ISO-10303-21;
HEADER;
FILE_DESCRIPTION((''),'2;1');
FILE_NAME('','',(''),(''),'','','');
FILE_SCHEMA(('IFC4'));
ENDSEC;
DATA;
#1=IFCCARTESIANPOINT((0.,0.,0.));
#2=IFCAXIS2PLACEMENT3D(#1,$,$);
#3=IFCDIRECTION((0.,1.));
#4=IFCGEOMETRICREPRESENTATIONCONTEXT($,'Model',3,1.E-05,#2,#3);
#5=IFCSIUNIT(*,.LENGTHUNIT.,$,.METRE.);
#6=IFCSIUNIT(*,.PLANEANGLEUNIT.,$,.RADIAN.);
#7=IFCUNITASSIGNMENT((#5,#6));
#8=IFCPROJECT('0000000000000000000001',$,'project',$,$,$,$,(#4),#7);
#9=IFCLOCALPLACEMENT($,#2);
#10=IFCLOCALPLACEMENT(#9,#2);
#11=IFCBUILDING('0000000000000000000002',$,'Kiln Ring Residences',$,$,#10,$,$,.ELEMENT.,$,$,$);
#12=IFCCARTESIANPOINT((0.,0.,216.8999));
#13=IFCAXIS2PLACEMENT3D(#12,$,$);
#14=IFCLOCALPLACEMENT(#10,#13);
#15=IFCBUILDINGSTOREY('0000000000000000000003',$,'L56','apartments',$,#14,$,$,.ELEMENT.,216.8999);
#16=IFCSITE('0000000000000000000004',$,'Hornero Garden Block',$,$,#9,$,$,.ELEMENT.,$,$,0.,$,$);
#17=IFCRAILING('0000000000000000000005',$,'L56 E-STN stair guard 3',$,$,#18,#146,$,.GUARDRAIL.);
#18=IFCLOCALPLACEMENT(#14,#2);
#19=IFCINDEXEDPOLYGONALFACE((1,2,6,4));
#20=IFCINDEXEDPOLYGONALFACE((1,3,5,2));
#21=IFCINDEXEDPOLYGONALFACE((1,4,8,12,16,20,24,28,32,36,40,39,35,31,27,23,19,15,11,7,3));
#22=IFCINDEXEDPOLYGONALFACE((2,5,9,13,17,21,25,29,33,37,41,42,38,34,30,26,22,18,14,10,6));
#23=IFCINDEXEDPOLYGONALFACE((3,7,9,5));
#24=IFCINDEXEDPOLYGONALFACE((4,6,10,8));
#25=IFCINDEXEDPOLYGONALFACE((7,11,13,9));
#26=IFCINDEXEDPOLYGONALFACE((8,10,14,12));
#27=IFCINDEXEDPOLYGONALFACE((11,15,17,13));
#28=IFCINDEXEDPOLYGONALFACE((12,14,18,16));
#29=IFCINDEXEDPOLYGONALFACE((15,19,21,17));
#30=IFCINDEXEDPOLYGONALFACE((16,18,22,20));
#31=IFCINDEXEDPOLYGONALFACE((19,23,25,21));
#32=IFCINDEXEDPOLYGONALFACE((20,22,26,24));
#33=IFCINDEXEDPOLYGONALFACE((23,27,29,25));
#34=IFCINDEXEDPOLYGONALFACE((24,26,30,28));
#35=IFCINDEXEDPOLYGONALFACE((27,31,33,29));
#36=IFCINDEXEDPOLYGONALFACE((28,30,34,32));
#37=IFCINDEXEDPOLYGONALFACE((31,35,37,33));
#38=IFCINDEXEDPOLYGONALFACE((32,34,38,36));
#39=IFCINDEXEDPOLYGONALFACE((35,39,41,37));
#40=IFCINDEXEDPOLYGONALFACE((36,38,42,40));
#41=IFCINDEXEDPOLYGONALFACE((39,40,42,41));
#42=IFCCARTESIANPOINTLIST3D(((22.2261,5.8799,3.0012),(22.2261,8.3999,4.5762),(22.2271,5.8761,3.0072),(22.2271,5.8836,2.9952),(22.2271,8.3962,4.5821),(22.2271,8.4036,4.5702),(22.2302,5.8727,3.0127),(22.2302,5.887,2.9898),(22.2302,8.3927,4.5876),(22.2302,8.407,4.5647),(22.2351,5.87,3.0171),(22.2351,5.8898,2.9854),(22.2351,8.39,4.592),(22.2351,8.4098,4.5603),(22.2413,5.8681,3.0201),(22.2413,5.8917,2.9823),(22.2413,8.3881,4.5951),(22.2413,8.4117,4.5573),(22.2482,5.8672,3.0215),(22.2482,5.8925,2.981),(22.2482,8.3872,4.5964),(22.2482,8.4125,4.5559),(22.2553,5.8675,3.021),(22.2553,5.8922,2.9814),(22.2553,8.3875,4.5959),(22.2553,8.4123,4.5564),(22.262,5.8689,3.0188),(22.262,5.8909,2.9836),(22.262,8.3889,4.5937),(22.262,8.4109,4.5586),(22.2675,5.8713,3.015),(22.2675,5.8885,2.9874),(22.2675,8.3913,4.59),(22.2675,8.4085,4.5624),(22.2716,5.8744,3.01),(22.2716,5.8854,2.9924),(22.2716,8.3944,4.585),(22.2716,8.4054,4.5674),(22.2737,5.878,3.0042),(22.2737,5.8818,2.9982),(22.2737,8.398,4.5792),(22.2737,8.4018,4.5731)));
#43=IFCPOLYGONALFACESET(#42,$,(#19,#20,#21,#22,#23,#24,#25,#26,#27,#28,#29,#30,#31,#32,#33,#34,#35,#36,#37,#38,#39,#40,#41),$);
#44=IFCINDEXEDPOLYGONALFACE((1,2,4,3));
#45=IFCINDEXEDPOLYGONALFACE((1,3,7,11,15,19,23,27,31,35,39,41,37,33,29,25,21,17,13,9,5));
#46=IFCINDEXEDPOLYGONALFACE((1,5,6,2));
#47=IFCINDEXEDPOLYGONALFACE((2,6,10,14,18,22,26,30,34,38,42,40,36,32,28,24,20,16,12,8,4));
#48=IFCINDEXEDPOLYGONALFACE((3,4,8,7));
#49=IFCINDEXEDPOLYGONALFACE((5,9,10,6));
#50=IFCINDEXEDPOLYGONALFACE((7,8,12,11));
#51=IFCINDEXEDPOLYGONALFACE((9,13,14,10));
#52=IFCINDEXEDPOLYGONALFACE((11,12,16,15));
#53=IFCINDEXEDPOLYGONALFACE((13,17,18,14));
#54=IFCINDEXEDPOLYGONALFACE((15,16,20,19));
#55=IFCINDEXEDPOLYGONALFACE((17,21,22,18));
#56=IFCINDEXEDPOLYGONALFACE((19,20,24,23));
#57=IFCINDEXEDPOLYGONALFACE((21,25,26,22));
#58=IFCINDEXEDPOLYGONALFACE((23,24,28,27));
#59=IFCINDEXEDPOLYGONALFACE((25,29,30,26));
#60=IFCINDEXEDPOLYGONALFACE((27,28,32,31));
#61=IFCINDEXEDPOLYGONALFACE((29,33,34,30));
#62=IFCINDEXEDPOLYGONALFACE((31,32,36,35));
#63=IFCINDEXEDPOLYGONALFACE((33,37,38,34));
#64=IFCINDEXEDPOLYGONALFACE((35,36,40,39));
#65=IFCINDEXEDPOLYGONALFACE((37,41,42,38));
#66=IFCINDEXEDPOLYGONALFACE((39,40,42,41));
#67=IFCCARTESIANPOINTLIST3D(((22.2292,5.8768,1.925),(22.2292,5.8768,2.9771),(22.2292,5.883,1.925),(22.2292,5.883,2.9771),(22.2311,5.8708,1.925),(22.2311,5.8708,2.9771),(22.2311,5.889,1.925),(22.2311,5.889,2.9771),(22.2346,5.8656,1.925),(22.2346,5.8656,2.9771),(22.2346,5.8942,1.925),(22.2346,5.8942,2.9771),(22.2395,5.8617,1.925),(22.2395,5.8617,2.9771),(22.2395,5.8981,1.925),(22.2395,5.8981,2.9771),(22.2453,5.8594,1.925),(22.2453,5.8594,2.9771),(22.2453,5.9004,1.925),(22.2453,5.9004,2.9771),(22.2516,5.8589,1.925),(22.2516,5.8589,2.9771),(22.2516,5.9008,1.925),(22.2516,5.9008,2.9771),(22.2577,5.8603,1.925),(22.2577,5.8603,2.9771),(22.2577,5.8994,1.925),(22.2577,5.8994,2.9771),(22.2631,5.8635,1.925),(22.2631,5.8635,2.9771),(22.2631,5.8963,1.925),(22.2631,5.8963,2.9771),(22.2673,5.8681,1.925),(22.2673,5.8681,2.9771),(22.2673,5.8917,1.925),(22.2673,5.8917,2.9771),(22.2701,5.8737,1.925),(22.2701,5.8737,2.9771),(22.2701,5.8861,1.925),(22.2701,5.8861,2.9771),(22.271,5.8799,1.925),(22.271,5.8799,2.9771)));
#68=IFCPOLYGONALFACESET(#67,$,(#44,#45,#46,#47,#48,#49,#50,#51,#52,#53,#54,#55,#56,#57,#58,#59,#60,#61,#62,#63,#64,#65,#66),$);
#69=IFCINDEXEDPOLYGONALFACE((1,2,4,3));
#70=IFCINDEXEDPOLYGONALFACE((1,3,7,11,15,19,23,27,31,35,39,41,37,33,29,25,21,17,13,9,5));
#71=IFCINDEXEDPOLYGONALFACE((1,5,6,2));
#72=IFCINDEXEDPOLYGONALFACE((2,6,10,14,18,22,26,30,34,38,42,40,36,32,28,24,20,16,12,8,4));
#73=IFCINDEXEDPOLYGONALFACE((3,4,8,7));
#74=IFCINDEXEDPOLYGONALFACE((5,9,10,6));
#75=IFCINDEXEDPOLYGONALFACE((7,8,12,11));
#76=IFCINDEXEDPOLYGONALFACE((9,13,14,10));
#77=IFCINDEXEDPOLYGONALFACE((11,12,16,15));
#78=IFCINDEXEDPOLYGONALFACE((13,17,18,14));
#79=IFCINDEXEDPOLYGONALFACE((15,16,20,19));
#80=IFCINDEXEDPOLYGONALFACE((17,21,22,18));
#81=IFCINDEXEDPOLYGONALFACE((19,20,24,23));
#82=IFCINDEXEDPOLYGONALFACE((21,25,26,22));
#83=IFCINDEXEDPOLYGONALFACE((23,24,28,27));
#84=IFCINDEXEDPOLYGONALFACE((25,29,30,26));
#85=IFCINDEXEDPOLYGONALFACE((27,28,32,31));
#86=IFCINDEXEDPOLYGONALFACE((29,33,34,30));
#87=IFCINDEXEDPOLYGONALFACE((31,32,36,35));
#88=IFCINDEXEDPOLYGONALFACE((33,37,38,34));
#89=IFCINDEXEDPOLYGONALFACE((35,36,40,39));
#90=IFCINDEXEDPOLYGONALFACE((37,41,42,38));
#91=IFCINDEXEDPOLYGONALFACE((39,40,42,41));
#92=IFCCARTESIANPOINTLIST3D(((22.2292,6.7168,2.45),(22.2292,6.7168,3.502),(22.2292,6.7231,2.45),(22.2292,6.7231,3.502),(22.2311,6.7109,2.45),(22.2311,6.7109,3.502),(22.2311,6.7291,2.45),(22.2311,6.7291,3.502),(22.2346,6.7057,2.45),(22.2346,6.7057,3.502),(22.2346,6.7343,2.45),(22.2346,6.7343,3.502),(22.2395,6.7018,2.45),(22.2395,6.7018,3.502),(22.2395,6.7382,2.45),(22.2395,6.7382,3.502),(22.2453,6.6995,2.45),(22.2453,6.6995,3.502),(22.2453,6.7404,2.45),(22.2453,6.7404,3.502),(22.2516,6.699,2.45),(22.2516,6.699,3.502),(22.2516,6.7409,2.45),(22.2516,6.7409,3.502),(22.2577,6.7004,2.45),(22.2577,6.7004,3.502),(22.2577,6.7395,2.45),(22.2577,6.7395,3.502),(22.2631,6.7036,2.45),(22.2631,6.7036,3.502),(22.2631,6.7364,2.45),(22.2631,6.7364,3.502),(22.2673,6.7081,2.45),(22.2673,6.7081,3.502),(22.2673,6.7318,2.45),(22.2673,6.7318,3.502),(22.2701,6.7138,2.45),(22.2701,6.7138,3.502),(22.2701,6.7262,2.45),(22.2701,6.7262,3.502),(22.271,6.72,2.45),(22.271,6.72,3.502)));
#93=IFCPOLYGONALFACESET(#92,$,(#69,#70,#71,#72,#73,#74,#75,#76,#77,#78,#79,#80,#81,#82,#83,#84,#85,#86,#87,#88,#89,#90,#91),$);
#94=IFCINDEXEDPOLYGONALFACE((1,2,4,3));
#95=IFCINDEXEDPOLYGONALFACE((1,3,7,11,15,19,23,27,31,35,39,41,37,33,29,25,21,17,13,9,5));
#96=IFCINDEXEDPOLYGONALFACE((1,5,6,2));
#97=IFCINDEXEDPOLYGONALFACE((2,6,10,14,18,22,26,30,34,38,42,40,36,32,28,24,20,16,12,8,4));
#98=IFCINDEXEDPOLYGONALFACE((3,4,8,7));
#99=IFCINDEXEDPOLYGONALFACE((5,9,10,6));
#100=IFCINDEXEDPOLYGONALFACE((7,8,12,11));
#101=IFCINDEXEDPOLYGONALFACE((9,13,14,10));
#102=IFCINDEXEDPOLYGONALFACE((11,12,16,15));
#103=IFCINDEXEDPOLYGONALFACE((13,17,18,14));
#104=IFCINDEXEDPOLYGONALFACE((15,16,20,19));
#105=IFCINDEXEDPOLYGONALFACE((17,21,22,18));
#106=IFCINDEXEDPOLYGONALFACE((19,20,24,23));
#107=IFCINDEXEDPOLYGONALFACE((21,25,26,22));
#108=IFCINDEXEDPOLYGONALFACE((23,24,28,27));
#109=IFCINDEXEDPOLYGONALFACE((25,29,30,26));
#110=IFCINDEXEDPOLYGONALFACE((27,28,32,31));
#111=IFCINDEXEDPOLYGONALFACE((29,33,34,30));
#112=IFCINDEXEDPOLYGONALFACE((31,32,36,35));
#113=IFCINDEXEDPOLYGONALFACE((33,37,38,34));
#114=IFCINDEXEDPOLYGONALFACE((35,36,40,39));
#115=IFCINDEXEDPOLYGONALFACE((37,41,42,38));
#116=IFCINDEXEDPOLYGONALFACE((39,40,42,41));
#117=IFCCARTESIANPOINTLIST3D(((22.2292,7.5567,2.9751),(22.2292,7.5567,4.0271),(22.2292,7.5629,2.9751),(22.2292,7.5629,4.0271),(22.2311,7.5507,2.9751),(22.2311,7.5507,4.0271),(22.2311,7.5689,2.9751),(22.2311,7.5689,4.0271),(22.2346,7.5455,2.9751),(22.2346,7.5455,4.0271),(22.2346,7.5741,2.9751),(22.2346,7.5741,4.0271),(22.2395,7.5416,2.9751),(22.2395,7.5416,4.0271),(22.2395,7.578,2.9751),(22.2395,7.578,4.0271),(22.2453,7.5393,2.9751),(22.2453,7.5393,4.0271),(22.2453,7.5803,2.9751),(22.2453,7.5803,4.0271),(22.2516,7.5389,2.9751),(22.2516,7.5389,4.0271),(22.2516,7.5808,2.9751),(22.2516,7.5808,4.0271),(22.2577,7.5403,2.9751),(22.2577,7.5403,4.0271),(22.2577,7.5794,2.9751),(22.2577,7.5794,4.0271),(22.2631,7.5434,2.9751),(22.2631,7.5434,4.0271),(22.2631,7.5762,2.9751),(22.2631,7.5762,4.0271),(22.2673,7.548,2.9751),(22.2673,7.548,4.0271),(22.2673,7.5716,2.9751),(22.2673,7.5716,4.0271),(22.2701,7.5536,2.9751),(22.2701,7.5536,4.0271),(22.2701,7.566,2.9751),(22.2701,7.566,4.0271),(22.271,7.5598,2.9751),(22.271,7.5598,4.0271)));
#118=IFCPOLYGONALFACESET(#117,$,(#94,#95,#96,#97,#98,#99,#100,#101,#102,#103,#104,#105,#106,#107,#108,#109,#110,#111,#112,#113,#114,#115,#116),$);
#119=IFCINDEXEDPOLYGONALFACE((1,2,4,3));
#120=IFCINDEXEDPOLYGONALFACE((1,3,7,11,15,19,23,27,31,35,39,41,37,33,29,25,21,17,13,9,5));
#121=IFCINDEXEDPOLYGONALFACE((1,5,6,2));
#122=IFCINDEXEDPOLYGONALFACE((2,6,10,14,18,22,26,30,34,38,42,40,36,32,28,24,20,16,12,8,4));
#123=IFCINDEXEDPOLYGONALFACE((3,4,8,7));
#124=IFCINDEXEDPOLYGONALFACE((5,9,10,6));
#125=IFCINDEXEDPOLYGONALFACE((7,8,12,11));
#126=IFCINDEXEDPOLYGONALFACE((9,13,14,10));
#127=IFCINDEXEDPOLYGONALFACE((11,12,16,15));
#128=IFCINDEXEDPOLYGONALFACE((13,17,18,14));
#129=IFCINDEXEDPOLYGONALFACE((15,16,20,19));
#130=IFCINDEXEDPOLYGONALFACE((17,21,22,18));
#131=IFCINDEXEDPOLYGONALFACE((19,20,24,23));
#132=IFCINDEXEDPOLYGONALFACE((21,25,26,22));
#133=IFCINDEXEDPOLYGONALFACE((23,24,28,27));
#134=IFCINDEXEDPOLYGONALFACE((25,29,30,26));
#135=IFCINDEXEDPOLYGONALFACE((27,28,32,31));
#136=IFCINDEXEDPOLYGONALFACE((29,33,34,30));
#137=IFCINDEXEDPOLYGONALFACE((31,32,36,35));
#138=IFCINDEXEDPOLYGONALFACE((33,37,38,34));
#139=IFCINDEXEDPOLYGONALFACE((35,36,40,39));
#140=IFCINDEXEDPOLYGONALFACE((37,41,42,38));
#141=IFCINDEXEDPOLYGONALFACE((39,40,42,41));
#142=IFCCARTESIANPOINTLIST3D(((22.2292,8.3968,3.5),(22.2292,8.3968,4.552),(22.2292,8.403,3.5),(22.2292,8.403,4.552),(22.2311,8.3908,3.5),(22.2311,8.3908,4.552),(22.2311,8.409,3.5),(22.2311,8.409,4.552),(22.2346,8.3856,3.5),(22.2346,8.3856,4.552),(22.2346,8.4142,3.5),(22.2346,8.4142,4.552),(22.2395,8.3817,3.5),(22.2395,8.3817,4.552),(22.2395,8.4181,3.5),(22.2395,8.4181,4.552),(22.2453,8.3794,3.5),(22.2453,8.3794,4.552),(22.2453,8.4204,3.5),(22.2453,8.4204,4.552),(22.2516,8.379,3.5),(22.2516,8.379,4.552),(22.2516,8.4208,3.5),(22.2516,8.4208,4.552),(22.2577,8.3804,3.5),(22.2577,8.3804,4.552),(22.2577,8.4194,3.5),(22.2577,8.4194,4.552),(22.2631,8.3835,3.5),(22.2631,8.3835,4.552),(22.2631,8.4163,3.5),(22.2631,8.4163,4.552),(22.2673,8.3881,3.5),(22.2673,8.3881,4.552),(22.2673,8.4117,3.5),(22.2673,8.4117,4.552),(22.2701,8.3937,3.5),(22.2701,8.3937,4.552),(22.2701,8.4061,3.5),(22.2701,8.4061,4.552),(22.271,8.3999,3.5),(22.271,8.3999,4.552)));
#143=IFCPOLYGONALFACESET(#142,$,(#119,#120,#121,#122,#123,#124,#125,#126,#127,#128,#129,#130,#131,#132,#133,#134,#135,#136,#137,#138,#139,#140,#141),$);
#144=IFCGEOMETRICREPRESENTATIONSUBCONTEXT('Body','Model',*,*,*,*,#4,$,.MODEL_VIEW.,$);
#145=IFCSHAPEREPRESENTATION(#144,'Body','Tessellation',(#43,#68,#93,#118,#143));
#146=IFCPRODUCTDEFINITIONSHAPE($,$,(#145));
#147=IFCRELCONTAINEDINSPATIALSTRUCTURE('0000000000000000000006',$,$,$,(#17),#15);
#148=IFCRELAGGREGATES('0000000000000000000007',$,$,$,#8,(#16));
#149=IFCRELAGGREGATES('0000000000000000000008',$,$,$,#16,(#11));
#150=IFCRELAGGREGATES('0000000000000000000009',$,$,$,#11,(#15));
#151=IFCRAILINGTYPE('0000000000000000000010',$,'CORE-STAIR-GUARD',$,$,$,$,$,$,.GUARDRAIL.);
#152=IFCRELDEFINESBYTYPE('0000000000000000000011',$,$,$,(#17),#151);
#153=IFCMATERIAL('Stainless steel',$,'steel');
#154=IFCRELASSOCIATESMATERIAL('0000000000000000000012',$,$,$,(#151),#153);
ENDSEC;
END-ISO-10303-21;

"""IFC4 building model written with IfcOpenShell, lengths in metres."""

from ifc_helpers import new_model, si_unit, direction, frame, origin, origin_2d, place, context, subcontext, project, spatial, circle, extrude, material, type_object, element, save


model = new_model("IFC4")

# Units and contexts
model_context = context("Model", 3, precision=1e-05, world=origin(), true_north=direction((0.0, 1.0)))
body_context = subcontext(model_context, "Body", "Model", "MODEL_VIEW")
ifc_project = project(units=[si_unit("LENGTHUNIT", "METRE"), si_unit("PLANEANGLEUNIT", "RADIAN")], contexts=[model_context])

# Site, building, storey
site_placement = place(None, origin())
site = spatial("IfcSite", under=ifc_project, at=site_placement, Name="Hornero Garden Block", CompositionType="ELEMENT", RefElevation=0.0)
building_placement = place(site_placement, origin())
building = spatial("IfcBuilding", under=site, at=building_placement, Name="Kiln Ring Residences", CompositionType="ELEMENT")
storey_placement = place(building_placement, frame((0.0, 0.0, 216.8999)))
storey = spatial("IfcBuildingStorey", under=building, at=storey_placement, Name="L56", Description="apartments", CompositionType="ELEMENT", Elevation=216.8999)

# Railing
ifc_material_1 = material(Name="Stainless steel", Category="steel")
railing_type_1 = type_object("IfcRailingType", Name="CORE-STAIR-GUARD", PredefinedType="GUARDRAIL", material=ifc_material_1)
railing_1_placement = place(storey_placement, frame((22.25, 5.8799, 1.925)))
element("IfcRailing", 1, at=railing_1_placement, inside=storey, type_object=railing_type_1, Name="L56 E-STN stair guard 3", PredefinedType="GUARDRAIL", context=body_context, shape_type="SweptSolid", body=[
    extrude(circle(Radius=0.0239, at=origin_2d()), frame((0.0, 0.0, 1.0762), z_axis=(0.0, 0.848008, 0.529984), x_axis=(-1.0, 0.0, 0.0)), (0.0, 0.0, 1.0), 2.9717),
    extrude(circle(Radius=0.021, at=origin_2d()), origin(), (0.0, 0.0, 1.0), 1.052),
    extrude(circle(Radius=0.021, at=origin_2d()), frame((0.0, 0.8401, 0.5249)), (0.0, 0.0, 1.0), 1.052),
    extrude(circle(Radius=0.021, at=origin_2d()), frame((0.0, 1.6799, 1.05)), (0.0, 0.0, 1.0), 1.052),
    extrude(circle(Radius=0.021, at=origin_2d()), frame((0.0, 2.52, 1.575)), (0.0, 0.0, 1.0), 1.052),
])

save(model, "model.ifc")
